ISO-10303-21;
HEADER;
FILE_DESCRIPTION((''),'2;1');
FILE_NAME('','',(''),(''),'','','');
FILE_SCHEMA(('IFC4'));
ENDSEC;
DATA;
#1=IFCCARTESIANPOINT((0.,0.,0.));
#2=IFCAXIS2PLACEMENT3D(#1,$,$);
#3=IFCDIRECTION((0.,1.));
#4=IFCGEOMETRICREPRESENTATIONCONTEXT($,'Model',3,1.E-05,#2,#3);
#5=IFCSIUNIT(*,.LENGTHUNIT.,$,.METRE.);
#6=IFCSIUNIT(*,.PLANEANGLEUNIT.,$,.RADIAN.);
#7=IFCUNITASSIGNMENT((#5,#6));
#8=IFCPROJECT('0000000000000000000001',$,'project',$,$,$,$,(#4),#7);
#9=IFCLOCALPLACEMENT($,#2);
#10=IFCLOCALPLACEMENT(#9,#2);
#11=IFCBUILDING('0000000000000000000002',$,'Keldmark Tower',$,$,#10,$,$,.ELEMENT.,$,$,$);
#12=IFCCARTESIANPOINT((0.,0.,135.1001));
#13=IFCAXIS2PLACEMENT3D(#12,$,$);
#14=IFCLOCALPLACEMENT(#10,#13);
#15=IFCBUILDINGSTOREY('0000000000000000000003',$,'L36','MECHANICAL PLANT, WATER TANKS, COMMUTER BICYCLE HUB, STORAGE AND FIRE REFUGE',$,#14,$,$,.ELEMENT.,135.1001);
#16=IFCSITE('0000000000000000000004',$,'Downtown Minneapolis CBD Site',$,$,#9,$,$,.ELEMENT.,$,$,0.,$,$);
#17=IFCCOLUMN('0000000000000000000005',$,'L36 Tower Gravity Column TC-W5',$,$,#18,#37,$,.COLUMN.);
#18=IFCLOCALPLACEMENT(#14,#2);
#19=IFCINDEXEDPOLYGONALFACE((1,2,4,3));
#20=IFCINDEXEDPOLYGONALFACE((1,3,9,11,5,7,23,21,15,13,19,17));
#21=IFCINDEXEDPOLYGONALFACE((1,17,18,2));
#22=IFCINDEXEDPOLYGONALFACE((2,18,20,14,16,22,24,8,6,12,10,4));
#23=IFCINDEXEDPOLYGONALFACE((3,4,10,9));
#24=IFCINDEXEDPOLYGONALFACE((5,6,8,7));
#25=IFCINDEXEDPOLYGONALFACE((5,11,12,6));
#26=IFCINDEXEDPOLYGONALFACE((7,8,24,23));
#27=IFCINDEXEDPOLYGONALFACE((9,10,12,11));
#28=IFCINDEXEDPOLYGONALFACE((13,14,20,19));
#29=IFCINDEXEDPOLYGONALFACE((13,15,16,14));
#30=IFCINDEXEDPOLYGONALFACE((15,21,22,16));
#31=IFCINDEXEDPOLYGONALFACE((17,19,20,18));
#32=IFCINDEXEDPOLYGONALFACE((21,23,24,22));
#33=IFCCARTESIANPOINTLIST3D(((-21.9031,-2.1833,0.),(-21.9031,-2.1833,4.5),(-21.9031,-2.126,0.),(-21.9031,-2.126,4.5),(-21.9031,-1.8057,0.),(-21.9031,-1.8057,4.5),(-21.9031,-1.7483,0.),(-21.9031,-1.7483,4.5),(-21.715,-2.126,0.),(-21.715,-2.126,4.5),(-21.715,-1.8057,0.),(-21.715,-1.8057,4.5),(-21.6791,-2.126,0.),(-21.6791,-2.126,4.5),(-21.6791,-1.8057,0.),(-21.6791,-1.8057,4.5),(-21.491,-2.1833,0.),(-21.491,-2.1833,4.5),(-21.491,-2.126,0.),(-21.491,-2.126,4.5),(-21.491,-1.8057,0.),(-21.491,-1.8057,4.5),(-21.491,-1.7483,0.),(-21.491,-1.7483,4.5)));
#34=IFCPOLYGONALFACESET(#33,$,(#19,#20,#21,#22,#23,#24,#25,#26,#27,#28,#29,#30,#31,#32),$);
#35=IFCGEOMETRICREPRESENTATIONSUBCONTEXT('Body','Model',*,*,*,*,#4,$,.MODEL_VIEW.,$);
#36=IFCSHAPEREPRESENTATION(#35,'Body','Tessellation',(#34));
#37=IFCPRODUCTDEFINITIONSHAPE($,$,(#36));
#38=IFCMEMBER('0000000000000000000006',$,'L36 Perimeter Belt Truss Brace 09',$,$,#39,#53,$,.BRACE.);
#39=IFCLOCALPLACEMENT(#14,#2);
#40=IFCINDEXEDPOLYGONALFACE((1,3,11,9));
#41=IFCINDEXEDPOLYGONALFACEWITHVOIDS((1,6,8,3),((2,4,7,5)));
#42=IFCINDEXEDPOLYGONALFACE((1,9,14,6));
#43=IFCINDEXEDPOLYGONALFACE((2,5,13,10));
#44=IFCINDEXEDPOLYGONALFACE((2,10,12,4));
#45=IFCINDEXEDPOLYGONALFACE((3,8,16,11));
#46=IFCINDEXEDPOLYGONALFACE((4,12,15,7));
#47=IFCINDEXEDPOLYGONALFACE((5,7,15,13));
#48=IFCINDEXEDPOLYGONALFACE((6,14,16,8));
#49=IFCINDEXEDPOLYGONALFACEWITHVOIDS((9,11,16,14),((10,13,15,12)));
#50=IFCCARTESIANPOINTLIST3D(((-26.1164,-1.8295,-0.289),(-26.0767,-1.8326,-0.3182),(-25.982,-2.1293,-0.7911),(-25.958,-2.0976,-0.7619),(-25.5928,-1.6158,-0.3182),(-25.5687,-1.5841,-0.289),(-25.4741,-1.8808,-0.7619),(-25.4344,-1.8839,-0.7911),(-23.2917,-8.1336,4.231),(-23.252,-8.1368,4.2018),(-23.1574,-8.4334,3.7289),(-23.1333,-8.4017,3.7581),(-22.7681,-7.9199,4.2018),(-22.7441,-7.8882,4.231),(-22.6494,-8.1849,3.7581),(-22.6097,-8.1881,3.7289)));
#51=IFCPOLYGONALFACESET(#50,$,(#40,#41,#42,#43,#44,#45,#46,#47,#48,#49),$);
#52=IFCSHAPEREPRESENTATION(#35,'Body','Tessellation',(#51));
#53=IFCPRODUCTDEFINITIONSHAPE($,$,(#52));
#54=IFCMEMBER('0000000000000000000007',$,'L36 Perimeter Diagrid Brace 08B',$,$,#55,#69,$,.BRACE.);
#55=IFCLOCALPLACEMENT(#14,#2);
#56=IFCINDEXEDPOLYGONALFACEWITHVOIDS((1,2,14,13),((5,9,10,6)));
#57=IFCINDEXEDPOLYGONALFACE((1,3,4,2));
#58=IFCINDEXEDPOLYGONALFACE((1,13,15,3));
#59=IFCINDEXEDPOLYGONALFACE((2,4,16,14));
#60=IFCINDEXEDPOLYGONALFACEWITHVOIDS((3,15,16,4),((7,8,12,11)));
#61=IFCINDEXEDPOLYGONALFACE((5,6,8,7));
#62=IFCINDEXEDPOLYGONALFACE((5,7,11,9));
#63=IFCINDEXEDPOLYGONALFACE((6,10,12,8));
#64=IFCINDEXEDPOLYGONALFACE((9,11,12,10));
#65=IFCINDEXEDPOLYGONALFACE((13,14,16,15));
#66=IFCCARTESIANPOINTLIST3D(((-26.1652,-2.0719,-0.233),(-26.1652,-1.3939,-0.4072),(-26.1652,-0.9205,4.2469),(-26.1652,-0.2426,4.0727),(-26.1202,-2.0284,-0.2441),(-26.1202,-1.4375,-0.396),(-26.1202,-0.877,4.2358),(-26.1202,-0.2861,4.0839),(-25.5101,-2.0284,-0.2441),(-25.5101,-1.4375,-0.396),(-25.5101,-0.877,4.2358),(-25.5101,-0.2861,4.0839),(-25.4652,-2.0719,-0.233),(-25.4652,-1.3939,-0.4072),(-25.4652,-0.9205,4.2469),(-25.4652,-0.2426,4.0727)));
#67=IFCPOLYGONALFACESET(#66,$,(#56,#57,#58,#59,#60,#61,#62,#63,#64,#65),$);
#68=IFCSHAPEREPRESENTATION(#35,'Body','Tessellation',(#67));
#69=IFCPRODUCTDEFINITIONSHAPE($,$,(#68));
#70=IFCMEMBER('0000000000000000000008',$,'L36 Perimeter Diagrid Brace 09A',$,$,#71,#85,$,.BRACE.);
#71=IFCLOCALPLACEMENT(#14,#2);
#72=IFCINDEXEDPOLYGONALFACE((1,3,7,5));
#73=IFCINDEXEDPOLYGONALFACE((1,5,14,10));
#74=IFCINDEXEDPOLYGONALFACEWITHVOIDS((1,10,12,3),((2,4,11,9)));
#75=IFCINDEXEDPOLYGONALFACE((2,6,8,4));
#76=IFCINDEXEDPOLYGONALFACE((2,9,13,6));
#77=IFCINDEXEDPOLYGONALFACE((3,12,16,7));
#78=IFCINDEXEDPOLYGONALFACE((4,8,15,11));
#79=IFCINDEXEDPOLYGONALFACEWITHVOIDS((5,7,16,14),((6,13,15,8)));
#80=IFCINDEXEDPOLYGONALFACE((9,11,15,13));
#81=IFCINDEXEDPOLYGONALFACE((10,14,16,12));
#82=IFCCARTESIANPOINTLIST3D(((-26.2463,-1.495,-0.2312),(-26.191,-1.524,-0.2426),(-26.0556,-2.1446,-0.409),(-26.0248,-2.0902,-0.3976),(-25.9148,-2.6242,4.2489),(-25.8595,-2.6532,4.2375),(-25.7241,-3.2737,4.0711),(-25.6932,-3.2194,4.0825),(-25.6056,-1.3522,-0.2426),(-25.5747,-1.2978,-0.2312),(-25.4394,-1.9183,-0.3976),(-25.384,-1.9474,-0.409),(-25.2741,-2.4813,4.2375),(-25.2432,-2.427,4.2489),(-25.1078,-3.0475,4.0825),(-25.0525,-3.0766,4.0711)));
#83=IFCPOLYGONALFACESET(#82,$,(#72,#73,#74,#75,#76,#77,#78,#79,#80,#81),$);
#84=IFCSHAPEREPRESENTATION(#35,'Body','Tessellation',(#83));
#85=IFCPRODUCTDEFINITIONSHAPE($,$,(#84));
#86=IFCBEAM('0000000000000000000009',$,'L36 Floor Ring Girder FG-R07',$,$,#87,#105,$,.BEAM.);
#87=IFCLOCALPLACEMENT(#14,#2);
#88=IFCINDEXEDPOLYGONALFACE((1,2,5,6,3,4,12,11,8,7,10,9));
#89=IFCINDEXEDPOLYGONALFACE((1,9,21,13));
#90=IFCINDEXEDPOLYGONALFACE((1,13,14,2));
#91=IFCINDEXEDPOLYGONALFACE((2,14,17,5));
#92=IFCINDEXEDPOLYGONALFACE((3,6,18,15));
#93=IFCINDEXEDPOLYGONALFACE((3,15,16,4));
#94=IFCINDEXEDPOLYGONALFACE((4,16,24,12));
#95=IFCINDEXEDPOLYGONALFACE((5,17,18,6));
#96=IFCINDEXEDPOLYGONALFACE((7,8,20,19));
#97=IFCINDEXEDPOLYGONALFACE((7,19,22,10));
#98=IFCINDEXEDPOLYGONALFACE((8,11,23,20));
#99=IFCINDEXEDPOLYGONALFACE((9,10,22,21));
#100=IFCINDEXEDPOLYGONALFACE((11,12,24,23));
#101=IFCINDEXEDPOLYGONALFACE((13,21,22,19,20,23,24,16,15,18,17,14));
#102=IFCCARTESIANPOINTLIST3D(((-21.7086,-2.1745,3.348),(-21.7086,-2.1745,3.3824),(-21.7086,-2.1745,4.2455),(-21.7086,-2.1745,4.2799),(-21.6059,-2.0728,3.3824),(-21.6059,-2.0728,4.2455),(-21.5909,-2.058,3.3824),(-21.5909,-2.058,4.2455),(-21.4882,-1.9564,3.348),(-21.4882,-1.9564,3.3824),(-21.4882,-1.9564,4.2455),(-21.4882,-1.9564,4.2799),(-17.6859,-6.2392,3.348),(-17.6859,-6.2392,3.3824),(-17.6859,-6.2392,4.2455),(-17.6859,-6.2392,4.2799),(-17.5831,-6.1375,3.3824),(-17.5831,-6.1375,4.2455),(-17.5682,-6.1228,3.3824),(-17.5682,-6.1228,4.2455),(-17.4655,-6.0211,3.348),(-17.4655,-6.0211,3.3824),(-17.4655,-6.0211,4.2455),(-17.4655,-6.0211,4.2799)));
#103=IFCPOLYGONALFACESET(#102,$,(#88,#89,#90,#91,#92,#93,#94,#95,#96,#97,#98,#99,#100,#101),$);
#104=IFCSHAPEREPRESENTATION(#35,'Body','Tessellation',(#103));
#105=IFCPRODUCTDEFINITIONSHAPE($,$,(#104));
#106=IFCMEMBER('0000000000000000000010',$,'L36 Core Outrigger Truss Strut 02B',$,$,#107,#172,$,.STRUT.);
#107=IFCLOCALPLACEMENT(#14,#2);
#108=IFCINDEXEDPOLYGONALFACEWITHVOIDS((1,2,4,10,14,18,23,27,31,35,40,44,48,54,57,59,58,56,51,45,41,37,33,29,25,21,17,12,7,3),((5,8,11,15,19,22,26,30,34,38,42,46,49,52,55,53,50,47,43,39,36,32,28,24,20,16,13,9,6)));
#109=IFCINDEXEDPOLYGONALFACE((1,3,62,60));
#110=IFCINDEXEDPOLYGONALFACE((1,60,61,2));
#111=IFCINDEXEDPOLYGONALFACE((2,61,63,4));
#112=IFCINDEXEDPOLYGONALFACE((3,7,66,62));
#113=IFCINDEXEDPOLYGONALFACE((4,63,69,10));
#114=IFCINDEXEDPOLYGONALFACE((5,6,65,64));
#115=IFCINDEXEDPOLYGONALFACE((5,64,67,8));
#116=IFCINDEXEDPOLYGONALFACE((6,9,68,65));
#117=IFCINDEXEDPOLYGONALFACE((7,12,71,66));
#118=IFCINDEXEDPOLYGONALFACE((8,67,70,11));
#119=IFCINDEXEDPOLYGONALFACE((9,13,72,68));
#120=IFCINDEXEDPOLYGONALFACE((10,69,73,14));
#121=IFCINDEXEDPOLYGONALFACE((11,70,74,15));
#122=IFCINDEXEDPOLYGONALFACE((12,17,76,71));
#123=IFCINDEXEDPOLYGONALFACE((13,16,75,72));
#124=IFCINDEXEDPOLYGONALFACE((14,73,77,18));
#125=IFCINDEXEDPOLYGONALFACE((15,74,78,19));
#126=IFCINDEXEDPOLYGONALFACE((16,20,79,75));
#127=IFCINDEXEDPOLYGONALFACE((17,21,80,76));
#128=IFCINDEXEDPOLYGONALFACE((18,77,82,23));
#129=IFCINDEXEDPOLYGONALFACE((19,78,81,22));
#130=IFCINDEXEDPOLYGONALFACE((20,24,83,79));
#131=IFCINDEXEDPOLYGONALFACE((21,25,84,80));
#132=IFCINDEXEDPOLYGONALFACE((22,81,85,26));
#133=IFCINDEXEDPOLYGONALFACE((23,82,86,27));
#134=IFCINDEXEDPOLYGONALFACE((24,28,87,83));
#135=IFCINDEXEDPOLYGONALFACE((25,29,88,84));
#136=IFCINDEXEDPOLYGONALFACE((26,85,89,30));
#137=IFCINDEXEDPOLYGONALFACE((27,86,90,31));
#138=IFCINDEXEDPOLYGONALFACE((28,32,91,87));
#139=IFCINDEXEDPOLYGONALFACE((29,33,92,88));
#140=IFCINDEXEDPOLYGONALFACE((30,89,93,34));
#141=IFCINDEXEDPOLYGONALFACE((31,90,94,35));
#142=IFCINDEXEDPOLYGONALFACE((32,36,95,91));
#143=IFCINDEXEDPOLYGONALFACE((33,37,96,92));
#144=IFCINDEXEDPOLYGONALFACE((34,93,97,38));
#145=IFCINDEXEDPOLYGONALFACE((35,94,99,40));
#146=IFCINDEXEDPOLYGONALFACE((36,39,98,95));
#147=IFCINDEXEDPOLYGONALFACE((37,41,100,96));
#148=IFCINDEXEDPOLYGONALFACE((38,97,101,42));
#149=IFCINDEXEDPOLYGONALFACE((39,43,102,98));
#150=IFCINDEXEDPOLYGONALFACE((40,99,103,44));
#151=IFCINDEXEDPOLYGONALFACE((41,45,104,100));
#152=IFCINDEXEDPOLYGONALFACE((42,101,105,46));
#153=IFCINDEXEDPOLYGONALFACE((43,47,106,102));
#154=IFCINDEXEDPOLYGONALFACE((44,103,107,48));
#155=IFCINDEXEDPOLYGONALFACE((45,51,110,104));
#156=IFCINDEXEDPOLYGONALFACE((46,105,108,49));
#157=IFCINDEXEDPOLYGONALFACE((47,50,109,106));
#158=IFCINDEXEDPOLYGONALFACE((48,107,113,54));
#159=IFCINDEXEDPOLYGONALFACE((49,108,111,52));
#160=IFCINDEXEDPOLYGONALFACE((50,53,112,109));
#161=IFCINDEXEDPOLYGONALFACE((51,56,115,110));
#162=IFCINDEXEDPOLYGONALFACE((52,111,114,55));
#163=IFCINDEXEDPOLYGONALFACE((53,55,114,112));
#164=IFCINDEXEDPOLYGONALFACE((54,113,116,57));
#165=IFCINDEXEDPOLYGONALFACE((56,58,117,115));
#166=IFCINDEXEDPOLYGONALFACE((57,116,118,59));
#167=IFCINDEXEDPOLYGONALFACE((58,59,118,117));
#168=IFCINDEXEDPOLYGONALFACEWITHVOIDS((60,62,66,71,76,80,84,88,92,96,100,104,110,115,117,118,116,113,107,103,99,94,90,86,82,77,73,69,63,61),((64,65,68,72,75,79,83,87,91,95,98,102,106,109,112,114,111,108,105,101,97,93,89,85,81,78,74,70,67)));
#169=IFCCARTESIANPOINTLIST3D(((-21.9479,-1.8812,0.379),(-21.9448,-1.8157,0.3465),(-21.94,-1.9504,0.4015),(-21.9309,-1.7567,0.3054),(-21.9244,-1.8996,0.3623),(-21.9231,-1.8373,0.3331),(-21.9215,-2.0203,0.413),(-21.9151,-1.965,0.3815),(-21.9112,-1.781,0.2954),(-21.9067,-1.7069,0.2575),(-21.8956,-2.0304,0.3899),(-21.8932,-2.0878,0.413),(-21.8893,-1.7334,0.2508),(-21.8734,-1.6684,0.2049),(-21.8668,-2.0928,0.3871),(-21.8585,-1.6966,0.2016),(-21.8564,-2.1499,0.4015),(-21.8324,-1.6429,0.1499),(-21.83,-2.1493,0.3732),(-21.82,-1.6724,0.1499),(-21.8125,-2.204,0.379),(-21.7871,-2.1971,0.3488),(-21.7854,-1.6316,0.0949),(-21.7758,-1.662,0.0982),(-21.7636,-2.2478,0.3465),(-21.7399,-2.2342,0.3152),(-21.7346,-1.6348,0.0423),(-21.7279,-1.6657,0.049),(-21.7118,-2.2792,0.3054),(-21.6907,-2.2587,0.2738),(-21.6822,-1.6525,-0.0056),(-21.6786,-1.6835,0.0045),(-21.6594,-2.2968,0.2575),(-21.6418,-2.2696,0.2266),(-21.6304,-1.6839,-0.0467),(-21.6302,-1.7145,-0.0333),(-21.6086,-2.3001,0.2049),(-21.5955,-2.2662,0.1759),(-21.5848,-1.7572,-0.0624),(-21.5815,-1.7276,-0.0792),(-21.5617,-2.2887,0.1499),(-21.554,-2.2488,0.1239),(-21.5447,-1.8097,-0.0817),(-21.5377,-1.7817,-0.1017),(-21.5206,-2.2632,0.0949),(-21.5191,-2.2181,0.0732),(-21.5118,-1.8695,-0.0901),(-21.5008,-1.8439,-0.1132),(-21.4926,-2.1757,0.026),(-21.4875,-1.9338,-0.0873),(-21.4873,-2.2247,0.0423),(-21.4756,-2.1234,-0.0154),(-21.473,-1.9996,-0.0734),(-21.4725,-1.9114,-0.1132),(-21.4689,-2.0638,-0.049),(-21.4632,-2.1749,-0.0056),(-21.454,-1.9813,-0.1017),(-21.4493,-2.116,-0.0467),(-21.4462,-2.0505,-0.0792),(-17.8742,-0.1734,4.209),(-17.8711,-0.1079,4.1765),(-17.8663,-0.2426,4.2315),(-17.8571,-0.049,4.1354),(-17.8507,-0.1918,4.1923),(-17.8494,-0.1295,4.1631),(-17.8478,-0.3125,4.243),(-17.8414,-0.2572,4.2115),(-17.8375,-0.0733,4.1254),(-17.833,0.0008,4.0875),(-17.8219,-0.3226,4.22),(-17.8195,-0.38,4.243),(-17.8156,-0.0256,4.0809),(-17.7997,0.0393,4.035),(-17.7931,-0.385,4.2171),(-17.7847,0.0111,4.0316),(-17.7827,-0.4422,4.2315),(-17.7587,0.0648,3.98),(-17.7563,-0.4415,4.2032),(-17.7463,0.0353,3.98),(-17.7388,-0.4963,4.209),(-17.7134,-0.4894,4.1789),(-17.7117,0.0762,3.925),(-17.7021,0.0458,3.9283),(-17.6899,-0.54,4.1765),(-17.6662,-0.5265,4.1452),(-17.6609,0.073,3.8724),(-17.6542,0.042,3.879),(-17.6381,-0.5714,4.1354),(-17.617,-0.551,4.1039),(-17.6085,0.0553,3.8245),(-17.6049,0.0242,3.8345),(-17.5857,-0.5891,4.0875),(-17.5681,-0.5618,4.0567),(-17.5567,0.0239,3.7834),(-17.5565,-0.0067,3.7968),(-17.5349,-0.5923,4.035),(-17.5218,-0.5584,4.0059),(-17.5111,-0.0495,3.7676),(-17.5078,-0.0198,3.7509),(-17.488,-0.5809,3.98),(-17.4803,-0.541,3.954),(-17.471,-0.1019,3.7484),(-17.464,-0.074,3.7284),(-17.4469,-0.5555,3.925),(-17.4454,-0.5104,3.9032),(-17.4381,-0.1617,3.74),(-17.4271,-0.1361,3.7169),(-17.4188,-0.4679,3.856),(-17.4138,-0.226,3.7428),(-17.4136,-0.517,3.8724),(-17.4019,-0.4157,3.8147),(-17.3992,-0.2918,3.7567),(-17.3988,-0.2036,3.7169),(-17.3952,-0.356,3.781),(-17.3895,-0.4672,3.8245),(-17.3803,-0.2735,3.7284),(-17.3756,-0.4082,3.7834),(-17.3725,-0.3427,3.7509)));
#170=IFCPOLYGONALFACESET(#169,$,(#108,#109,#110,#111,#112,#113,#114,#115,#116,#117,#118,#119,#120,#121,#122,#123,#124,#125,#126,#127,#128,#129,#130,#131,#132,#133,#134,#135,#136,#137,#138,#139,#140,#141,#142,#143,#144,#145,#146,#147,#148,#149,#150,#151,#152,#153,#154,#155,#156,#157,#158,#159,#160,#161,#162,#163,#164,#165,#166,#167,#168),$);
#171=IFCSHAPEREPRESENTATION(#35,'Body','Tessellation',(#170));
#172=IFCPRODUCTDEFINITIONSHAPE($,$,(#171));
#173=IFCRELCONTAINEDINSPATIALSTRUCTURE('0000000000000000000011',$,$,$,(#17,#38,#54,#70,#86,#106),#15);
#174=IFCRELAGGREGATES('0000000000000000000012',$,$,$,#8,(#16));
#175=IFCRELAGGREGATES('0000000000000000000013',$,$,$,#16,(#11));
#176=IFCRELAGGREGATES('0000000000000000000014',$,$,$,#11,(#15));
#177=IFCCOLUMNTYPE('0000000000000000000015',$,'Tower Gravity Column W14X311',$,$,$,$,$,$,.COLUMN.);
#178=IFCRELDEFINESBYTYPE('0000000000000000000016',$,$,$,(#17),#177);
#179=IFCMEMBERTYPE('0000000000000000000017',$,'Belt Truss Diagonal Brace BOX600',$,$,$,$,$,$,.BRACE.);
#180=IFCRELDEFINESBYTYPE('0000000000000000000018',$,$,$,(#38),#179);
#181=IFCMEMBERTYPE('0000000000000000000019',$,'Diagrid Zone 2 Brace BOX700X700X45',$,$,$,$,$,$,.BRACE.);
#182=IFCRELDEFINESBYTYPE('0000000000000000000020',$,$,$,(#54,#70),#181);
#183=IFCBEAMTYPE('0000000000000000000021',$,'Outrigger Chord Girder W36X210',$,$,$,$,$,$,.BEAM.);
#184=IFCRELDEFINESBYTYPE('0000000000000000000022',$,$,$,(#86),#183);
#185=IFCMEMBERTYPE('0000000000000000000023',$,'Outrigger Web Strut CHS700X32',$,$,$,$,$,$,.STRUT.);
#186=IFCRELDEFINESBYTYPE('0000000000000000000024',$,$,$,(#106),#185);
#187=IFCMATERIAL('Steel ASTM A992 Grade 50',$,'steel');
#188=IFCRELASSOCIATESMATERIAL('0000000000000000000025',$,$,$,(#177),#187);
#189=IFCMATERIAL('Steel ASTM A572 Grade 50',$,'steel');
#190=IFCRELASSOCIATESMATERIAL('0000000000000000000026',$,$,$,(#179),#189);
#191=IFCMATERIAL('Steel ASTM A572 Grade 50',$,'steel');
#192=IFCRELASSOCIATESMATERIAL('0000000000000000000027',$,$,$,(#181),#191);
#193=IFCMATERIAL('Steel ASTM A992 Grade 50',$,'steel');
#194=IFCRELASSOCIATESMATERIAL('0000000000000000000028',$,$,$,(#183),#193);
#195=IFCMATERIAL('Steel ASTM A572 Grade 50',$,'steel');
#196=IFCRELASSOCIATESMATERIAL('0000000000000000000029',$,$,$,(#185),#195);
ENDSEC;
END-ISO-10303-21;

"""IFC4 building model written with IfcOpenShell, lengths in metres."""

from ifc_helpers import new_model, si_unit, direction, frame, origin, origin_2d, place, context, subcontext, project, spatial, hollow_rectangle, hollow_circle, i_section, extrude, material, material_profile, profile_set, type_object, element, save


model = new_model("IFC4")

# Units and contexts
model_context = context("Model", 3, precision=1e-05, world=origin(), true_north=direction((0.0, 1.0)))
body_context = subcontext(model_context, "Body", "Model", "MODEL_VIEW")
ifc_project = project(units=[si_unit("LENGTHUNIT", "METRE"), si_unit("PLANEANGLEUNIT", "RADIAN")], contexts=[model_context])

# Site, building, storey
site_placement = place(None, origin())
site = spatial("IfcSite", under=ifc_project, at=site_placement, Name="Downtown Minneapolis CBD Site", CompositionType="ELEMENT", RefElevation=0.0)
building_placement = place(site_placement, origin())
building = spatial("IfcBuilding", under=site, at=building_placement, Name="Keldmark Tower", CompositionType="ELEMENT")
storey_placement = place(building_placement, frame((0.0, 0.0, 135.1001)))
storey = spatial("IfcBuildingStorey", under=building, at=storey_placement, Name="L36", Description="MECHANICAL PLANT, WATER TANKS, COMMUTER BICYCLE HUB, STORAGE AND FIRE REFUGE", CompositionType="ELEMENT", Elevation=135.1001)

# Column
ifc_material_1 = material(Name="Steel ASTM A992 Grade 50", Category="steel")
ifc_material_profile_1 = material_profile(ifc_material_1, i_section(OverallWidth=0.4121, OverallDepth=0.4351, WebThickness=0.0359, FlangeThickness=0.0574, at=origin_2d()), Name="W14X311")
ifc_profile_set_1 = profile_set([ifc_material_profile_1], Name="Steel ASTM A992 Grade 50")
column_type = type_object("IfcColumnType", Name="Tower Gravity Column W14X311", PredefinedType="COLUMN", material=ifc_profile_set_1)
column_placement = place(storey_placement, frame((-21.697, -1.9658, 0.0), z_axis=(0.0, 0.0, 1.0), x_axis=(1.0, 0.0, 0.0)))
element("IfcColumn", 1, at=column_placement, inside=storey, type_object=column_type, Name="L36 Tower Gravity Column TC-W5", PredefinedType="COLUMN", context=body_context, shape_type="SweptSolid", body=[
    extrude(i_section(OverallWidth=0.4121, OverallDepth=0.4351, WebThickness=0.0359, FlangeThickness=0.0574, at=origin_2d()), origin(), (0.0, 0.0, 1.0), 4.5),
])

# Members
ifc_material_2 = material(Name="Steel ASTM A572 Grade 50", Category="steel")
ifc_material_profile_2 = material_profile(ifc_material_2, hollow_rectangle(XDim=0.6001, YDim=0.6001, WallThickness=0.0349, at=origin_2d()), Name="BOX600X600X35")
ifc_profile_set_2 = profile_set([ifc_material_profile_2], Name="Steel ASTM A572 Grade 50")
member_type_1 = type_object("IfcMemberType", Name="Belt Truss Diagonal Brace BOX600", PredefinedType="BRACE", material=ifc_profile_set_2)
member_1_placement = place(storey_placement, frame((-25.7754, -1.8567, -0.54), z_axis=(0.342163, -0.763641, 0.547519), x_axis=(0.91258, 0.408898, 0.0)))
element("IfcMember", 2, at=member_1_placement, inside=storey, type_object=member_type_1, Name="L36 Perimeter Belt Truss Brace 09", PredefinedType="BRACE", context=body_context, shape_type="SweptSolid", body=[
    extrude(hollow_rectangle(XDim=0.6001, YDim=0.6001, WallThickness=0.0349, at=origin_2d()), origin(), (0.0, 0.0, 1.0), 8.2554),
])
ifc_material_3 = material(Name="Steel ASTM A572 Grade 50", Category="steel")
ifc_material_profile_3 = material_profile(ifc_material_3, hollow_rectangle(XDim=0.7, YDim=0.7, WallThickness=0.0449, at=origin_2d()), Name="BOX700X700X45")
ifc_profile_set_3 = profile_set([ifc_material_profile_3], Name="Steel ASTM A572 Grade 50")
member_type_2 = type_object("IfcMemberType", Name="Diagrid Zone 2 Brace BOX700X700X45", PredefinedType="BRACE", material=ifc_profile_set_3)
member_2_placement = place(storey_placement, frame((-25.8152, -1.7329, -0.3201), z_axis=(0.0, 0.248914, 0.968526), x_axis=(-1.0, 0.0, 0.0)))
element("IfcMember", 3, at=member_2_placement, inside=storey, type_object=member_type_2, Name="L36 Perimeter Diagrid Brace 08B", PredefinedType="BRACE", context=body_context, shape_type="SweptSolid", body=[
    extrude(hollow_rectangle(XDim=0.7, YDim=0.7, WallThickness=0.0449, at=origin_2d()), origin(), (0.0, 0.0, 1.0), 4.6255),
])
member_3_placement = place(storey_placement, frame((-25.8152, -1.7212, -0.3201), z_axis=(0.071577, -0.243773, 0.967187), x_axis=(0.959494, 0.281728, 0.0)))
element("IfcMember", 4, at=member_3_placement, inside=storey, type_object=member_type_2, Name="L36 Perimeter Diagrid Brace 09A", PredefinedType="BRACE", context=body_context, shape_type="SweptSolid", body=[
    extrude(hollow_rectangle(XDim=0.7, YDim=0.7, WallThickness=0.0449, at=origin_2d()), origin(), (0.0, 0.0, 1.0), 4.6321),
])

# Beam
ifc_material_4 = material(Name="Steel ASTM A992 Grade 50", Category="steel")
ifc_material_profile_4 = material_profile(ifc_material_4, i_section(OverallWidth=0.3101, OverallDepth=0.9319, WebThickness=0.021, FlangeThickness=0.0344, at=origin_2d()), Name="W36X210")
ifc_profile_set_4 = profile_set([ifc_material_profile_4], Name="Steel ASTM A992 Grade 50")
beam_type_1 = type_object("IfcBeamType", Name="Outrigger Chord Girder W36X210", PredefinedType="BEAM", material=ifc_profile_set_4)
beam_1_placement = place(storey_placement, frame((-21.5984, -2.0654, 3.814), z_axis=(0.703426, -0.710769, 0.0), x_axis=(0.710769, 0.703426, 0.0)))
element("IfcBeam", 5, at=beam_1_placement, inside=storey, type_object=beam_type_1, Name="L36 Floor Ring Girder FG-R07", PredefinedType="BEAM", context=body_context, shape_type="SweptSolid", body=[
    extrude(i_section(OverallWidth=0.3101, OverallDepth=0.9319, WebThickness=0.021, FlangeThickness=0.0344, at=origin_2d()), origin(), (0.0, 0.0, 1.0), 5.7188),
])

# Member
ifc_material_5 = material(Name="Steel ASTM A572 Grade 50", Category="steel")
ifc_material_profile_5 = material_profile(ifc_material_5, hollow_circle(Radius=0.3501, WallThickness=0.032, at=origin_2d()), Name="CHS700X32")
ifc_profile_set_5 = profile_set([ifc_material_profile_5], Name="Steel ASTM A572 Grade 50")
member_type_3 = type_object("IfcMemberType", Name="Outrigger Web Strut CHS700X32", PredefinedType="STRUT", material=ifc_profile_set_5)
member_4_placement = place(storey_placement, frame((-21.697, -1.9658, 0.1499), z_axis=(0.696784, 0.292102, 0.655109), x_axis=(-0.386616, 0.922241, 0.0)))
element("IfcMember", 6, at=member_4_placement, inside=storey, type_object=member_type_3, Name="L36 Core Outrigger Truss Strut 02B", PredefinedType="STRUT", context=body_context, shape_type="SweptSolid", body=[
    extrude(hollow_circle(Radius=0.3501, WallThickness=0.032, at=origin_2d()), origin(), (0.0, 0.0, 1.0), 5.8464),
])

save(model, "model.ifc")
